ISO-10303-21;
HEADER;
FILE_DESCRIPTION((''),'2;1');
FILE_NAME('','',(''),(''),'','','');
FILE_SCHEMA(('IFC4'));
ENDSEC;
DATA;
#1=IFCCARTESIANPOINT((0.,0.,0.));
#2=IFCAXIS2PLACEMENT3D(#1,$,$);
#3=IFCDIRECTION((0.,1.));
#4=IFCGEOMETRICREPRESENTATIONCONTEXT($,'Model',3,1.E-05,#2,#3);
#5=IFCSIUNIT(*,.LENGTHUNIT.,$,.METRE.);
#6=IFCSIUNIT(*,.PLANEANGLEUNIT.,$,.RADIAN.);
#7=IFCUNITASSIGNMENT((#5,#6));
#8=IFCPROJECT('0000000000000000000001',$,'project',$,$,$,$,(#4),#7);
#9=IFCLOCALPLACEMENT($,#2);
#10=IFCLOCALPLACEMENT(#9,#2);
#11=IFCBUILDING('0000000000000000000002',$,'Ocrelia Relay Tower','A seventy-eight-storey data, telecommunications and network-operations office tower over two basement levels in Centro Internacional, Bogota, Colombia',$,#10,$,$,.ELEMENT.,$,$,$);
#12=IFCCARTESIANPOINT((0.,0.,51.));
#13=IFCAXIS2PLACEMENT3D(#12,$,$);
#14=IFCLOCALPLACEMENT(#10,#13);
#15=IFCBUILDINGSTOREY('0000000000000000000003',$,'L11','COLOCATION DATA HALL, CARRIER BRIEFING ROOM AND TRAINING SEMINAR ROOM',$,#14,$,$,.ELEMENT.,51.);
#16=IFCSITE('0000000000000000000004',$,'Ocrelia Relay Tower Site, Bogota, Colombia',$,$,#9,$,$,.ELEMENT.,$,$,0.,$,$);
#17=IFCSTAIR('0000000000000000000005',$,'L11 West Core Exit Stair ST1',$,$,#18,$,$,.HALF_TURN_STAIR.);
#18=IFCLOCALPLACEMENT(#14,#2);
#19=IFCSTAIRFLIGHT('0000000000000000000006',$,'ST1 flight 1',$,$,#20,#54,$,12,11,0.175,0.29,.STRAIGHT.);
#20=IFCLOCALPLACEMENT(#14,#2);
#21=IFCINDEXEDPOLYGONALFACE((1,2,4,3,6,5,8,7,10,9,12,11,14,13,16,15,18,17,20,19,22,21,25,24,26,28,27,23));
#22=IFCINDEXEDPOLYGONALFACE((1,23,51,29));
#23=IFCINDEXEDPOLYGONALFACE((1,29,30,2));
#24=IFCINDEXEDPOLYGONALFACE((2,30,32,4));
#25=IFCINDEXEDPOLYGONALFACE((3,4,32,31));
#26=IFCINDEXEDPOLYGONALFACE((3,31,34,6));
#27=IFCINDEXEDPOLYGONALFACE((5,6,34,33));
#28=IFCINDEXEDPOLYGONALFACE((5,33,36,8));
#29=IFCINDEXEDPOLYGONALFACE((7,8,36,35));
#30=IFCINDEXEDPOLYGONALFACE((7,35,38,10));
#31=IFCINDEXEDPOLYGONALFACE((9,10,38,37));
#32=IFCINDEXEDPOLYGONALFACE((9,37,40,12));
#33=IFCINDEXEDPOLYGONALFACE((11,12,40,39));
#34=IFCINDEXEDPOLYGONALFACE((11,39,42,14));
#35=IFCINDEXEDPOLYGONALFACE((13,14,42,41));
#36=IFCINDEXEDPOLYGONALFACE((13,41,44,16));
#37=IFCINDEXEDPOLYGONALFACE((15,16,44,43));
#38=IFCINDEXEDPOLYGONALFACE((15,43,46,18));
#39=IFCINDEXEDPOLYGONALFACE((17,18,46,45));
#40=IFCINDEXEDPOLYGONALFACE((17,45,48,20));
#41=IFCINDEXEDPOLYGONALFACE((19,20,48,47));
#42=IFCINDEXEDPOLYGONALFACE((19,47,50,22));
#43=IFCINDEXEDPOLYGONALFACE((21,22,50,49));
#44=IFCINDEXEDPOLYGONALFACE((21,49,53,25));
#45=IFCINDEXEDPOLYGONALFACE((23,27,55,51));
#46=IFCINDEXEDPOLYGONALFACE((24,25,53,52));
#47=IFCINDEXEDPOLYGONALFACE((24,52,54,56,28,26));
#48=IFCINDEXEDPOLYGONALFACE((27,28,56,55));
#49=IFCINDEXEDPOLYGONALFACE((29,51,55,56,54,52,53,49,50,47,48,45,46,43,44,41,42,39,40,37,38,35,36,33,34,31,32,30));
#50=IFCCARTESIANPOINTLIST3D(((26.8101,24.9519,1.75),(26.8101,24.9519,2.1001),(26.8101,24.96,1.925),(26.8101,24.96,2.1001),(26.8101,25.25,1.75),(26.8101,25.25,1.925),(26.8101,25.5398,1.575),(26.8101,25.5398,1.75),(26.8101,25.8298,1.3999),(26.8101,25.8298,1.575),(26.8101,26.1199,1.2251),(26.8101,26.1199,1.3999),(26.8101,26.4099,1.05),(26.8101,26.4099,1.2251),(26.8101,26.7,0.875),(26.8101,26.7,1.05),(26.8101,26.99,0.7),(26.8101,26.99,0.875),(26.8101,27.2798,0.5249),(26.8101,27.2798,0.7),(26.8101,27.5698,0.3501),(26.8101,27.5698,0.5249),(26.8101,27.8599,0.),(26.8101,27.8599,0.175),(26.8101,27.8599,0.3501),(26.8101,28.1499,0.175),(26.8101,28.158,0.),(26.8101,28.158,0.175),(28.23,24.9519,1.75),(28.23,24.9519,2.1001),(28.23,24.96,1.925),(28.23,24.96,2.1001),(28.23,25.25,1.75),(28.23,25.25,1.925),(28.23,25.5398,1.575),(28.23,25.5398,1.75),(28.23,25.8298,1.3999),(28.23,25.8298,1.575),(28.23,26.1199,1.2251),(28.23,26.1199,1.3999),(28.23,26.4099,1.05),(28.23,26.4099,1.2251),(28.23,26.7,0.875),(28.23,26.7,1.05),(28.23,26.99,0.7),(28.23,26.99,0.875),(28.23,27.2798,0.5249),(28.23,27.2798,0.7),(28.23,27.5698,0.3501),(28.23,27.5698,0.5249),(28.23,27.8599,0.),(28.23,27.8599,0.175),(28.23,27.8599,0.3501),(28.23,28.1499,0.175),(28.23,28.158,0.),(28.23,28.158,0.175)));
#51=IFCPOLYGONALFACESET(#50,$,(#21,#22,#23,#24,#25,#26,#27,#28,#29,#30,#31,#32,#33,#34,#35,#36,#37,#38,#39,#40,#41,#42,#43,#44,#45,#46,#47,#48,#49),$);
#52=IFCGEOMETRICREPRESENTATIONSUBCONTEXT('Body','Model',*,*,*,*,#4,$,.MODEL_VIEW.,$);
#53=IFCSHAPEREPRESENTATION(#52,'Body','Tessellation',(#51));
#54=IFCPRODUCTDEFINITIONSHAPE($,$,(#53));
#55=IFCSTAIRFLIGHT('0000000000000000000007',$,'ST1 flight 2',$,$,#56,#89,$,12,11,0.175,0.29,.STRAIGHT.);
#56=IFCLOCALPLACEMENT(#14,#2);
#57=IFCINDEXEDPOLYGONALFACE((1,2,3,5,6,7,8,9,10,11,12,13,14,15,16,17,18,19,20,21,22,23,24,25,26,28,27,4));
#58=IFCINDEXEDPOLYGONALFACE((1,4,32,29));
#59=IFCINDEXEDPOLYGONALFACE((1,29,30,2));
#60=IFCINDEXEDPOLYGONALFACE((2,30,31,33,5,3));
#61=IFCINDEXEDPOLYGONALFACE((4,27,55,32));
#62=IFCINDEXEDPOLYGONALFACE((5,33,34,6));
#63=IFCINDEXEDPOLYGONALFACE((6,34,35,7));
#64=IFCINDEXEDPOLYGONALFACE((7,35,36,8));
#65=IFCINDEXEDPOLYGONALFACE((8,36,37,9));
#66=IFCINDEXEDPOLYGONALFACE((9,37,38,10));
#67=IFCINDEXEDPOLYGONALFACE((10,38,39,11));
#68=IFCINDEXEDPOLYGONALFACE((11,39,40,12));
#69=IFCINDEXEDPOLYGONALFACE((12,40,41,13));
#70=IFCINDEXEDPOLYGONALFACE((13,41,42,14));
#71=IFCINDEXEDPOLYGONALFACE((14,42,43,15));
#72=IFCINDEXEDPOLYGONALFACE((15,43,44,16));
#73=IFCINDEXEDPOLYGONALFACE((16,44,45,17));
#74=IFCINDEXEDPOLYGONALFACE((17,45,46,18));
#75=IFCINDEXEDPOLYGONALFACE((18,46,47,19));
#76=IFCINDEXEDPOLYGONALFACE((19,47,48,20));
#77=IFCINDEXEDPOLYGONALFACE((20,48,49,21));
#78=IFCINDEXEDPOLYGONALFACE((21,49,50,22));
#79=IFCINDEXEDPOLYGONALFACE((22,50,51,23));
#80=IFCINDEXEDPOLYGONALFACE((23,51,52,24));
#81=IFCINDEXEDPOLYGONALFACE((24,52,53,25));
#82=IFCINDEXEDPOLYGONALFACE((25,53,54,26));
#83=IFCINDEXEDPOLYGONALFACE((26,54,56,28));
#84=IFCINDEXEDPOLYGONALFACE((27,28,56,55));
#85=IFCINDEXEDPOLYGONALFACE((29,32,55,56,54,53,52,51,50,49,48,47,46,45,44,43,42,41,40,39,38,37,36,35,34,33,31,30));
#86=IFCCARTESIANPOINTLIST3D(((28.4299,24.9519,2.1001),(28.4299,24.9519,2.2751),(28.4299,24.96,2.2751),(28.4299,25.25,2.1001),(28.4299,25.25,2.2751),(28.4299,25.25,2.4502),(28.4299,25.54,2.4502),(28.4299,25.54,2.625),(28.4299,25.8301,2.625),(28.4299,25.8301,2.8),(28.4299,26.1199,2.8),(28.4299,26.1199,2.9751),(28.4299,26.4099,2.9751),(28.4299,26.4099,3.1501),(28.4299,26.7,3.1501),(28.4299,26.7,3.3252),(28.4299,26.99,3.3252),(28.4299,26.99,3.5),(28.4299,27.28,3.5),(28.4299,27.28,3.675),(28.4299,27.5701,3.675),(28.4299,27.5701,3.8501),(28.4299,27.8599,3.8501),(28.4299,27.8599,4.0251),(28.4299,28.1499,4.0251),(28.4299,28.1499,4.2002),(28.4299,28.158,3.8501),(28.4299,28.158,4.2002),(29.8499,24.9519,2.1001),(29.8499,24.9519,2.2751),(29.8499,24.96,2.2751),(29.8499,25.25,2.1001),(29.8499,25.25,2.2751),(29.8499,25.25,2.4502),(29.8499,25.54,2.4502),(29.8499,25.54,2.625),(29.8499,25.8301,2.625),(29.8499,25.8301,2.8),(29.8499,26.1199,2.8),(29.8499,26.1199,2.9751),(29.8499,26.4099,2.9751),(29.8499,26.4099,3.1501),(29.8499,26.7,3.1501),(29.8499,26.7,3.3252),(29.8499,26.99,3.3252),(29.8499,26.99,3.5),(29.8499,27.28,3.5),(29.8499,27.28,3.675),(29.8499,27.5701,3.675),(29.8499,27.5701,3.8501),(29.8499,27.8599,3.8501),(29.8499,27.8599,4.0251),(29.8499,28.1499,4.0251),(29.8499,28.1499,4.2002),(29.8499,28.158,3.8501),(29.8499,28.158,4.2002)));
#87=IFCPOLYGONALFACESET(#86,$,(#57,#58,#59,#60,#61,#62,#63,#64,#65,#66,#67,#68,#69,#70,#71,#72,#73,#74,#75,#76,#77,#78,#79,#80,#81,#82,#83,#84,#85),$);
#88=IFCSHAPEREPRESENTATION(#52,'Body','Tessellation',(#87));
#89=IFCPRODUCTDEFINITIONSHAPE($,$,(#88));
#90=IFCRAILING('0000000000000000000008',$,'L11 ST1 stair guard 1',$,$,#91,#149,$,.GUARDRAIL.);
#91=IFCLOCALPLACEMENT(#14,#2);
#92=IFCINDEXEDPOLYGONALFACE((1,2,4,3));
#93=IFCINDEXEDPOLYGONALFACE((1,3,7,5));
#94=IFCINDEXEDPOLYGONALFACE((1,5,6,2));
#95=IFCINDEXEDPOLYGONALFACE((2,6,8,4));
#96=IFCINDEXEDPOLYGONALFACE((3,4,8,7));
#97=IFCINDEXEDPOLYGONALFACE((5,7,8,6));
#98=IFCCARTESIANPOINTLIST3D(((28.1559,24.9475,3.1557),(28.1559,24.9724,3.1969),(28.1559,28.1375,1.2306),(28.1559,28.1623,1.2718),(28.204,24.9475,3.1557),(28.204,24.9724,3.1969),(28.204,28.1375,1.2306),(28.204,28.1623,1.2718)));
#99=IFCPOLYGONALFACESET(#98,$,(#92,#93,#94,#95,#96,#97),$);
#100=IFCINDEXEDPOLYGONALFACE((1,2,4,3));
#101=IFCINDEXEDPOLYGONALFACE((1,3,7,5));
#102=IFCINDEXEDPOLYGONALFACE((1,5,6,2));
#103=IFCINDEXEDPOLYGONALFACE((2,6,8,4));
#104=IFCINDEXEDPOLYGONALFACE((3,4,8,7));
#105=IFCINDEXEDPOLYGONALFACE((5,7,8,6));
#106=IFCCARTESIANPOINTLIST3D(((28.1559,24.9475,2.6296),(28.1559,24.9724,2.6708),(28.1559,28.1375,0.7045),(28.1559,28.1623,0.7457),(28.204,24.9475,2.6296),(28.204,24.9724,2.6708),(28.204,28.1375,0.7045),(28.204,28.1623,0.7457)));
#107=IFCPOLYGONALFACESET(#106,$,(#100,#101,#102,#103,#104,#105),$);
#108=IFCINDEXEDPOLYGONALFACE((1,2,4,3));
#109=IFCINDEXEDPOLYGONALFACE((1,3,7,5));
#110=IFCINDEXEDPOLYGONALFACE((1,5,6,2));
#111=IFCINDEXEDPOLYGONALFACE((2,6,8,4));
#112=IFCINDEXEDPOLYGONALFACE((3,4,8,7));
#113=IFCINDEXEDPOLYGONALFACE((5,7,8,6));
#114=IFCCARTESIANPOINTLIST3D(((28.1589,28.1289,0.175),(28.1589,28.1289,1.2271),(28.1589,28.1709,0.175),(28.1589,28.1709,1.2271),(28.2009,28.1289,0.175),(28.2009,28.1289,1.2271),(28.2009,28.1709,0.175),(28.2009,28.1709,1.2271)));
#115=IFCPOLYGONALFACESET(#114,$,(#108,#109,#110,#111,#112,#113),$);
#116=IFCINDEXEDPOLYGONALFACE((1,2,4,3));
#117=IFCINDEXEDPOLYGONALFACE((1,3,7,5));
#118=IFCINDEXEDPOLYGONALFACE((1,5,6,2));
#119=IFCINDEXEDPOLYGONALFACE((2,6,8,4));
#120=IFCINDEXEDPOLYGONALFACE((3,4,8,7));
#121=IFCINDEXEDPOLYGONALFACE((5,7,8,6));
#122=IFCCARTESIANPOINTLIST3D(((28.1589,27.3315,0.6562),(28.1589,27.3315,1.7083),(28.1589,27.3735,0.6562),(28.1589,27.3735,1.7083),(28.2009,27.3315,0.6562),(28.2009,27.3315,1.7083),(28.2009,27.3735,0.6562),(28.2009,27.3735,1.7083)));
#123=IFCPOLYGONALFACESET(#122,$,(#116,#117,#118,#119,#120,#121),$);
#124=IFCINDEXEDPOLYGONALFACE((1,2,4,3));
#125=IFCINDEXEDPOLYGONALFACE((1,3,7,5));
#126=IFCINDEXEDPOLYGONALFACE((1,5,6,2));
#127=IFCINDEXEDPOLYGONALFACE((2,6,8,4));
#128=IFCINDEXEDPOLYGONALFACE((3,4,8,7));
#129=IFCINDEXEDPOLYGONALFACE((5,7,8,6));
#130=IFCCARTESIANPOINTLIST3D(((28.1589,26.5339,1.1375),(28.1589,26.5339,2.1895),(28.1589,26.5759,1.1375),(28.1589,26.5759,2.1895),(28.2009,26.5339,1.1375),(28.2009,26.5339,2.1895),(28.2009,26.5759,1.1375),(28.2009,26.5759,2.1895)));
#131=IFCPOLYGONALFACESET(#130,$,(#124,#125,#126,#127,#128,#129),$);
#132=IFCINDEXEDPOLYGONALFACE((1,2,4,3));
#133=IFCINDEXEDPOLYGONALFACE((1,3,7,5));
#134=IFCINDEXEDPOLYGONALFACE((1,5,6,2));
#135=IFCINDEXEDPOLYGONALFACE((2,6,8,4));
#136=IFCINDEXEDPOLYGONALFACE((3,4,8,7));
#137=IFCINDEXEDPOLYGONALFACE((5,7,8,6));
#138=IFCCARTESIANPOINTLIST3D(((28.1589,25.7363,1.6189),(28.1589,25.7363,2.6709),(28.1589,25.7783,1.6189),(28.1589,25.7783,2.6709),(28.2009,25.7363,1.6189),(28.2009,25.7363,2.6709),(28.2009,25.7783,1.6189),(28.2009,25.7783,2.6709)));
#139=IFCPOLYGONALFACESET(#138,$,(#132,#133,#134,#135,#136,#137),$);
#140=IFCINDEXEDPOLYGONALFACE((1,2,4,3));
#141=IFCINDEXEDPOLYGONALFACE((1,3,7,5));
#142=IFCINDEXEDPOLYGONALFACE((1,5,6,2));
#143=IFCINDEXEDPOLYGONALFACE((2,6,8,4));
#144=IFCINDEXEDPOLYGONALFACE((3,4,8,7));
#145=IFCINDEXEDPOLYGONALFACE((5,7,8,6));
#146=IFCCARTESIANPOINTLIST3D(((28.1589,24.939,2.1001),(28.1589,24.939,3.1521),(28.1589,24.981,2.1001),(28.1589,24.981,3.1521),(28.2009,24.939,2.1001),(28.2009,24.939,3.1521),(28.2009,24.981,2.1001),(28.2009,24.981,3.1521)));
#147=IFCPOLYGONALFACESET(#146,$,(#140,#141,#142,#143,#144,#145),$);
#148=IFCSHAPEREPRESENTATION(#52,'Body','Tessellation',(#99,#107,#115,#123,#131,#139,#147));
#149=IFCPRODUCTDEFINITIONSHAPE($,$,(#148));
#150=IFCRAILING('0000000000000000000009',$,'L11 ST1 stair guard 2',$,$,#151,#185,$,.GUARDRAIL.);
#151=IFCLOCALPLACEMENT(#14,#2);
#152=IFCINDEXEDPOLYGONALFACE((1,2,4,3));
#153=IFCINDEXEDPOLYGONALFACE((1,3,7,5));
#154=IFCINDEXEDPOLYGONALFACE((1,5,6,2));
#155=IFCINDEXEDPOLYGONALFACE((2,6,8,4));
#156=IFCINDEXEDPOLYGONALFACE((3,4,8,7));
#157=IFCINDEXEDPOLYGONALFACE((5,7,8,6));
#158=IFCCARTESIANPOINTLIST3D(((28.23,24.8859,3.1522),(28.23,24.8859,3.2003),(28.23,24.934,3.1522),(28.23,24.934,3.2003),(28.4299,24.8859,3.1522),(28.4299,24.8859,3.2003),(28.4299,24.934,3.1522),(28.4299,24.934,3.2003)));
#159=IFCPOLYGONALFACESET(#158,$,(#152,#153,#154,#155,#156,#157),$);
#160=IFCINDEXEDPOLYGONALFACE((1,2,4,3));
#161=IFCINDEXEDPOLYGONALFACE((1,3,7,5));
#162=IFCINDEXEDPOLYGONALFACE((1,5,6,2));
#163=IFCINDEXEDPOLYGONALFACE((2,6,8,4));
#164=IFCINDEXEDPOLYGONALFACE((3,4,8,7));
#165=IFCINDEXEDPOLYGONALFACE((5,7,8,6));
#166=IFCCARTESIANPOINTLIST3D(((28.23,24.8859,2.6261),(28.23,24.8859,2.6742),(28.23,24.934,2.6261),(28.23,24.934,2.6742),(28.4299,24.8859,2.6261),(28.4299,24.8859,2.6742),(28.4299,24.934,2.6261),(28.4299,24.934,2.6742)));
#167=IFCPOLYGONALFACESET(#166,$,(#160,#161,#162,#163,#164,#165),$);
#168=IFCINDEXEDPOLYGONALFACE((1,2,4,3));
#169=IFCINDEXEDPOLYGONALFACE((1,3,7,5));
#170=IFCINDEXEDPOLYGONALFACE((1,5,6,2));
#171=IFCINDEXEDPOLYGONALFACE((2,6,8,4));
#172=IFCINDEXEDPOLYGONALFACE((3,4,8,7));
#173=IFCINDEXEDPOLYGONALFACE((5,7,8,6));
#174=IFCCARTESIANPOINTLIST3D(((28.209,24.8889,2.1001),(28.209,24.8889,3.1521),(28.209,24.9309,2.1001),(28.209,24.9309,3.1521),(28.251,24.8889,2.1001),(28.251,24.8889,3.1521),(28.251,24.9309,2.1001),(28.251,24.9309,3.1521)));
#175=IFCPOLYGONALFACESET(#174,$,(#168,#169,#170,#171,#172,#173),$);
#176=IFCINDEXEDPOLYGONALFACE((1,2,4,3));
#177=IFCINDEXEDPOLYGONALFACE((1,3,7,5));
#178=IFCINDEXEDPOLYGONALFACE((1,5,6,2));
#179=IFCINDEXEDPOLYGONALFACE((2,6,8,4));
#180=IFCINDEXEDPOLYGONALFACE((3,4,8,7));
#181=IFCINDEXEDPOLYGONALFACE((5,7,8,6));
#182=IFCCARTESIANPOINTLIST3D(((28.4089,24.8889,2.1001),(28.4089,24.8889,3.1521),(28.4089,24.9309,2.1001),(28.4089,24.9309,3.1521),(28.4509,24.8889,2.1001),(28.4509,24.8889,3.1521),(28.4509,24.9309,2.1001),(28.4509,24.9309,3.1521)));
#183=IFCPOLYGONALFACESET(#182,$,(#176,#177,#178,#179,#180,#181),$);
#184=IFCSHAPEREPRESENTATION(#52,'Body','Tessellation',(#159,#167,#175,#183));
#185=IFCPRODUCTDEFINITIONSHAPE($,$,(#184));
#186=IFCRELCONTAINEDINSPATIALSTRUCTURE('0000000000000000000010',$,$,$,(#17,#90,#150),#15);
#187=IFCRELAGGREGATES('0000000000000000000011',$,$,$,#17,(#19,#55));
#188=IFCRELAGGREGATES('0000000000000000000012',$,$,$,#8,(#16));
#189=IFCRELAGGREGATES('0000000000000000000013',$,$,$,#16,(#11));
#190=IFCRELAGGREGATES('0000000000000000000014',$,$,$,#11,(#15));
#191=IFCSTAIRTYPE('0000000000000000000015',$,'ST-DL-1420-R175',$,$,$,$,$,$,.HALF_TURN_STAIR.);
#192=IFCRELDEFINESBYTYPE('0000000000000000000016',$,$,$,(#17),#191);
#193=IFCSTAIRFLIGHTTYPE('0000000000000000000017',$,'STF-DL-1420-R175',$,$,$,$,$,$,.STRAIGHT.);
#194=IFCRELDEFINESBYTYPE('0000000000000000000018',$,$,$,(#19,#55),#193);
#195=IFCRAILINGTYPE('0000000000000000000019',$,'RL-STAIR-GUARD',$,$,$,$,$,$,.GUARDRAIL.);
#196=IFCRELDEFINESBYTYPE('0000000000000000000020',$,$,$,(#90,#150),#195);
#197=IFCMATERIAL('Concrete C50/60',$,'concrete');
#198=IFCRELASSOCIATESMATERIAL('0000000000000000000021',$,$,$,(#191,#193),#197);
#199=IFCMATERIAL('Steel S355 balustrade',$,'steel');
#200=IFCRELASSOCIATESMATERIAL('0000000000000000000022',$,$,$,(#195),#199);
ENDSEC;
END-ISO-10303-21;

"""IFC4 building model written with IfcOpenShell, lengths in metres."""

from ifc_helpers import new_model, si_unit, direction, frame, origin, origin_2d, place, context, subcontext, project, spatial, polyline, rectangle, outline, extrude, material, type_object, element, aggregate, save


model = new_model("IFC4")

# Units and contexts
model_context = context("Model", 3, precision=1e-05, world=origin(), true_north=direction((0.0, 1.0)))
body_context = subcontext(model_context, "Body", "Model", "MODEL_VIEW")
ifc_project = project(units=[si_unit("LENGTHUNIT", "METRE"), si_unit("PLANEANGLEUNIT", "RADIAN")], contexts=[model_context])

# Site, building, storey
site_placement = place(None, origin())
site = spatial("IfcSite", under=ifc_project, at=site_placement, Name="Ocrelia Relay Tower Site, Bogota, Colombia", CompositionType="ELEMENT", RefElevation=0.0)
building_placement = place(site_placement, origin())
building = spatial("IfcBuilding", under=site, at=building_placement, Name="Ocrelia Relay Tower", Description="A seventy-eight-storey data, telecommunications and network-operations office tower over two basement levels in Centro Internacional, Bogota, Colombia", CompositionType="ELEMENT")
storey_placement = place(building_placement, frame((0.0, 0.0, 51.0)))
storey = spatial("IfcBuildingStorey", under=building, at=storey_placement, Name="L11", Description="COLOCATION DATA HALL, CARRIER BRIEFING ROOM AND TRAINING SEMINAR ROOM", CompositionType="ELEMENT", Elevation=51.0)

# Shared definitions
ifc_material_1 = material(Name="Concrete C50/60", Category="concrete")

# Stair, stair flights
stair_type = type_object("IfcStairType", Name="ST-DL-1420-R175", PredefinedType="HALF_TURN_STAIR", material=ifc_material_1)
stair_placement = place(storey_placement, origin())
stair = element("IfcStair", 1, at=stair_placement, inside=storey, type_object=stair_type, Name="L11 West Core Exit Stair ST1", PredefinedType="HALF_TURN_STAIR")
stair_flight_type = type_object("IfcStairFlightType", Name="STF-DL-1420-R175", PredefinedType="STRAIGHT", material=ifc_material_1)
stair_flight_1_placement = place(storey_placement, frame((27.52, 28.1499, 0.0), z_axis=(0.0, 0.0, 1.0), x_axis=(0.0, -1.0, 0.0)))
stair_flight_1 = element("IfcStairFlight", 2, at=stair_flight_1_placement, type_object=stair_flight_type, Name="ST1 flight 1", NumberOfRisers=12, NumberOfTreads=11, PredefinedType="STRAIGHT", RiserHeight=0.175, TreadLength=0.29, context=body_context, shape_type="SweptSolid", body=[
    extrude(outline(polyline([(-0.0081, 0.0), (-0.0081, 0.175), (0.0, 0.175), (0.29, 0.175), (0.29, 0.3501), (0.5801, 0.3501), (0.5801, 0.5249), (0.8701, 0.5249), (0.8701, 0.7), (1.1599, 0.7), (1.1599, 0.875), (1.45, 0.875), (1.45, 1.05), (1.74, 1.05), (1.74, 1.2251), (2.03, 1.2251), (2.03, 1.3999), (2.3201, 1.3999), (2.3201, 1.575), (2.6101, 1.575), (2.6101, 1.75), (2.8999, 1.75), (2.8999, 1.925), (3.1899, 1.925), (3.1899, 2.1001), (3.198, 2.1001), (3.198, 1.75), (0.29, 0.0), (-0.0081, 0.0)])), frame((0.0, 0.71, 0.0), z_axis=(0.0, -1.0, 0.0), x_axis=(1.0, 0.0, 0.0)), (0.0, 0.0, 1.0), 1.4199),
])
stair_flight_2_placement = place(storey_placement, frame((29.1399, 24.96, 2.1001), z_axis=(0.0, 0.0, 1.0), x_axis=(0.0, 1.0, 0.0)))
stair_flight_2 = element("IfcStairFlight", 3, at=stair_flight_2_placement, type_object=stair_flight_type, Name="ST1 flight 2", NumberOfRisers=12, NumberOfTreads=11, PredefinedType="STRAIGHT", RiserHeight=0.175, TreadLength=0.29, context=body_context, shape_type="SweptSolid", body=[
    extrude(outline(polyline([(-0.0081, 0.0), (-0.0081, 0.175), (0.0, 0.175), (0.29, 0.175), (0.29, 0.3501), (0.5801, 0.3501), (0.5801, 0.5249), (0.8701, 0.5249), (0.8701, 0.7), (1.1599, 0.7), (1.1599, 0.875), (1.45, 0.875), (1.45, 1.05), (1.74, 1.05), (1.74, 1.2251), (2.03, 1.2251), (2.03, 1.3999), (2.3201, 1.3999), (2.3201, 1.575), (2.6101, 1.575), (2.6101, 1.75), (2.8999, 1.75), (2.8999, 1.925), (3.1899, 1.925), (3.1899, 2.1001), (3.198, 2.1001), (3.198, 1.75), (0.29, 0.0), (-0.0081, 0.0)])), frame((0.0, 0.71, 0.0), z_axis=(0.0, -1.0, 0.0), x_axis=(1.0, 0.0, 0.0)), (0.0, 0.0, 1.0), 1.4199),
])
aggregate(stair, [stair_flight_1, stair_flight_2])

# Railings
ifc_material_2 = material(Name="Steel S355 balustrade", Category="steel")
railing_type_1 = type_object("IfcRailingType", Name="RL-STAIR-GUARD", PredefinedType="GUARDRAIL", material=ifc_material_2)
railing_1_placement = place(storey_placement, frame((28.1799, 28.1499, 0.175)))
element("IfcRailing", 4, at=railing_1_placement, inside=storey, type_object=railing_type_1, Name="L11 ST1 stair guard 1", PredefinedType="GUARDRAIL", context=body_context, shape_type="SweptSolid", body=[
    extrude(rectangle(XDim=0.0481, YDim=0.0481, at=origin_2d()), frame((0.0, 0.0, 1.0762), z_axis=(0.0, -0.856178, 0.516682), x_axis=(1.0, 0.0, 0.0)), (0.0, 0.0, 1.0), 3.7258),
    extrude(rectangle(XDim=0.0481, YDim=0.0481, at=origin_2d()), frame((0.0, 0.0, 0.55), z_axis=(0.0, -0.856178, 0.516682), x_axis=(1.0, 0.0, 0.0)), (0.0, 0.0, 1.0), 3.7258),
    extrude(rectangle(XDim=0.042, YDim=0.042, at=origin_2d()), origin(), (0.0, 0.0, 1.0), 1.052),
    extrude(rectangle(XDim=0.042, YDim=0.042, at=origin_2d()), frame((0.0, -0.7974, 0.4812)), (0.0, 0.0, 1.0), 1.052),
    extrude(rectangle(XDim=0.042, YDim=0.042, at=origin_2d()), frame((0.0, -1.595, 0.9624)), (0.0, 0.0, 1.0), 1.052),
    extrude(rectangle(XDim=0.042, YDim=0.042, at=origin_2d()), frame((0.0, -2.3926, 1.4438)), (0.0, 0.0, 1.0), 1.052),
    extrude(rectangle(XDim=0.042, YDim=0.042, at=origin_2d()), frame((0.0, -3.1899, 1.925)), (0.0, 0.0, 1.0), 1.052),
])
railing_2_placement = place(storey_placement, frame((28.23, 24.9099, 2.1001)))
element("IfcRailing", 5, at=railing_2_placement, inside=storey, type_object=railing_type_1, Name="L11 ST1 stair guard 2", PredefinedType="GUARDRAIL", context=body_context, shape_type="SweptSolid", body=[
    extrude(rectangle(XDim=0.0481, YDim=0.0481, at=origin_2d()), frame((0.0, 0.0, 1.0762), z_axis=(1.0, 0.0, 0.0), x_axis=(0.0, 1.0, 0.0)), (0.0, 0.0, 1.0), 0.2),
    extrude(rectangle(XDim=0.0481, YDim=0.0481, at=origin_2d()), frame((0.0, 0.0, 0.55), z_axis=(1.0, 0.0, 0.0), x_axis=(0.0, 1.0, 0.0)), (0.0, 0.0, 1.0), 0.2),
    extrude(rectangle(XDim=0.042, YDim=0.042, at=origin_2d()), origin(), (0.0, 0.0, 1.0), 1.052),
    extrude(rectangle(XDim=0.042, YDim=0.042, at=origin_2d()), frame((0.2, 0.0, 0.0)), (0.0, 0.0, 1.0), 1.052),
])

save(model, "model.ifc")
